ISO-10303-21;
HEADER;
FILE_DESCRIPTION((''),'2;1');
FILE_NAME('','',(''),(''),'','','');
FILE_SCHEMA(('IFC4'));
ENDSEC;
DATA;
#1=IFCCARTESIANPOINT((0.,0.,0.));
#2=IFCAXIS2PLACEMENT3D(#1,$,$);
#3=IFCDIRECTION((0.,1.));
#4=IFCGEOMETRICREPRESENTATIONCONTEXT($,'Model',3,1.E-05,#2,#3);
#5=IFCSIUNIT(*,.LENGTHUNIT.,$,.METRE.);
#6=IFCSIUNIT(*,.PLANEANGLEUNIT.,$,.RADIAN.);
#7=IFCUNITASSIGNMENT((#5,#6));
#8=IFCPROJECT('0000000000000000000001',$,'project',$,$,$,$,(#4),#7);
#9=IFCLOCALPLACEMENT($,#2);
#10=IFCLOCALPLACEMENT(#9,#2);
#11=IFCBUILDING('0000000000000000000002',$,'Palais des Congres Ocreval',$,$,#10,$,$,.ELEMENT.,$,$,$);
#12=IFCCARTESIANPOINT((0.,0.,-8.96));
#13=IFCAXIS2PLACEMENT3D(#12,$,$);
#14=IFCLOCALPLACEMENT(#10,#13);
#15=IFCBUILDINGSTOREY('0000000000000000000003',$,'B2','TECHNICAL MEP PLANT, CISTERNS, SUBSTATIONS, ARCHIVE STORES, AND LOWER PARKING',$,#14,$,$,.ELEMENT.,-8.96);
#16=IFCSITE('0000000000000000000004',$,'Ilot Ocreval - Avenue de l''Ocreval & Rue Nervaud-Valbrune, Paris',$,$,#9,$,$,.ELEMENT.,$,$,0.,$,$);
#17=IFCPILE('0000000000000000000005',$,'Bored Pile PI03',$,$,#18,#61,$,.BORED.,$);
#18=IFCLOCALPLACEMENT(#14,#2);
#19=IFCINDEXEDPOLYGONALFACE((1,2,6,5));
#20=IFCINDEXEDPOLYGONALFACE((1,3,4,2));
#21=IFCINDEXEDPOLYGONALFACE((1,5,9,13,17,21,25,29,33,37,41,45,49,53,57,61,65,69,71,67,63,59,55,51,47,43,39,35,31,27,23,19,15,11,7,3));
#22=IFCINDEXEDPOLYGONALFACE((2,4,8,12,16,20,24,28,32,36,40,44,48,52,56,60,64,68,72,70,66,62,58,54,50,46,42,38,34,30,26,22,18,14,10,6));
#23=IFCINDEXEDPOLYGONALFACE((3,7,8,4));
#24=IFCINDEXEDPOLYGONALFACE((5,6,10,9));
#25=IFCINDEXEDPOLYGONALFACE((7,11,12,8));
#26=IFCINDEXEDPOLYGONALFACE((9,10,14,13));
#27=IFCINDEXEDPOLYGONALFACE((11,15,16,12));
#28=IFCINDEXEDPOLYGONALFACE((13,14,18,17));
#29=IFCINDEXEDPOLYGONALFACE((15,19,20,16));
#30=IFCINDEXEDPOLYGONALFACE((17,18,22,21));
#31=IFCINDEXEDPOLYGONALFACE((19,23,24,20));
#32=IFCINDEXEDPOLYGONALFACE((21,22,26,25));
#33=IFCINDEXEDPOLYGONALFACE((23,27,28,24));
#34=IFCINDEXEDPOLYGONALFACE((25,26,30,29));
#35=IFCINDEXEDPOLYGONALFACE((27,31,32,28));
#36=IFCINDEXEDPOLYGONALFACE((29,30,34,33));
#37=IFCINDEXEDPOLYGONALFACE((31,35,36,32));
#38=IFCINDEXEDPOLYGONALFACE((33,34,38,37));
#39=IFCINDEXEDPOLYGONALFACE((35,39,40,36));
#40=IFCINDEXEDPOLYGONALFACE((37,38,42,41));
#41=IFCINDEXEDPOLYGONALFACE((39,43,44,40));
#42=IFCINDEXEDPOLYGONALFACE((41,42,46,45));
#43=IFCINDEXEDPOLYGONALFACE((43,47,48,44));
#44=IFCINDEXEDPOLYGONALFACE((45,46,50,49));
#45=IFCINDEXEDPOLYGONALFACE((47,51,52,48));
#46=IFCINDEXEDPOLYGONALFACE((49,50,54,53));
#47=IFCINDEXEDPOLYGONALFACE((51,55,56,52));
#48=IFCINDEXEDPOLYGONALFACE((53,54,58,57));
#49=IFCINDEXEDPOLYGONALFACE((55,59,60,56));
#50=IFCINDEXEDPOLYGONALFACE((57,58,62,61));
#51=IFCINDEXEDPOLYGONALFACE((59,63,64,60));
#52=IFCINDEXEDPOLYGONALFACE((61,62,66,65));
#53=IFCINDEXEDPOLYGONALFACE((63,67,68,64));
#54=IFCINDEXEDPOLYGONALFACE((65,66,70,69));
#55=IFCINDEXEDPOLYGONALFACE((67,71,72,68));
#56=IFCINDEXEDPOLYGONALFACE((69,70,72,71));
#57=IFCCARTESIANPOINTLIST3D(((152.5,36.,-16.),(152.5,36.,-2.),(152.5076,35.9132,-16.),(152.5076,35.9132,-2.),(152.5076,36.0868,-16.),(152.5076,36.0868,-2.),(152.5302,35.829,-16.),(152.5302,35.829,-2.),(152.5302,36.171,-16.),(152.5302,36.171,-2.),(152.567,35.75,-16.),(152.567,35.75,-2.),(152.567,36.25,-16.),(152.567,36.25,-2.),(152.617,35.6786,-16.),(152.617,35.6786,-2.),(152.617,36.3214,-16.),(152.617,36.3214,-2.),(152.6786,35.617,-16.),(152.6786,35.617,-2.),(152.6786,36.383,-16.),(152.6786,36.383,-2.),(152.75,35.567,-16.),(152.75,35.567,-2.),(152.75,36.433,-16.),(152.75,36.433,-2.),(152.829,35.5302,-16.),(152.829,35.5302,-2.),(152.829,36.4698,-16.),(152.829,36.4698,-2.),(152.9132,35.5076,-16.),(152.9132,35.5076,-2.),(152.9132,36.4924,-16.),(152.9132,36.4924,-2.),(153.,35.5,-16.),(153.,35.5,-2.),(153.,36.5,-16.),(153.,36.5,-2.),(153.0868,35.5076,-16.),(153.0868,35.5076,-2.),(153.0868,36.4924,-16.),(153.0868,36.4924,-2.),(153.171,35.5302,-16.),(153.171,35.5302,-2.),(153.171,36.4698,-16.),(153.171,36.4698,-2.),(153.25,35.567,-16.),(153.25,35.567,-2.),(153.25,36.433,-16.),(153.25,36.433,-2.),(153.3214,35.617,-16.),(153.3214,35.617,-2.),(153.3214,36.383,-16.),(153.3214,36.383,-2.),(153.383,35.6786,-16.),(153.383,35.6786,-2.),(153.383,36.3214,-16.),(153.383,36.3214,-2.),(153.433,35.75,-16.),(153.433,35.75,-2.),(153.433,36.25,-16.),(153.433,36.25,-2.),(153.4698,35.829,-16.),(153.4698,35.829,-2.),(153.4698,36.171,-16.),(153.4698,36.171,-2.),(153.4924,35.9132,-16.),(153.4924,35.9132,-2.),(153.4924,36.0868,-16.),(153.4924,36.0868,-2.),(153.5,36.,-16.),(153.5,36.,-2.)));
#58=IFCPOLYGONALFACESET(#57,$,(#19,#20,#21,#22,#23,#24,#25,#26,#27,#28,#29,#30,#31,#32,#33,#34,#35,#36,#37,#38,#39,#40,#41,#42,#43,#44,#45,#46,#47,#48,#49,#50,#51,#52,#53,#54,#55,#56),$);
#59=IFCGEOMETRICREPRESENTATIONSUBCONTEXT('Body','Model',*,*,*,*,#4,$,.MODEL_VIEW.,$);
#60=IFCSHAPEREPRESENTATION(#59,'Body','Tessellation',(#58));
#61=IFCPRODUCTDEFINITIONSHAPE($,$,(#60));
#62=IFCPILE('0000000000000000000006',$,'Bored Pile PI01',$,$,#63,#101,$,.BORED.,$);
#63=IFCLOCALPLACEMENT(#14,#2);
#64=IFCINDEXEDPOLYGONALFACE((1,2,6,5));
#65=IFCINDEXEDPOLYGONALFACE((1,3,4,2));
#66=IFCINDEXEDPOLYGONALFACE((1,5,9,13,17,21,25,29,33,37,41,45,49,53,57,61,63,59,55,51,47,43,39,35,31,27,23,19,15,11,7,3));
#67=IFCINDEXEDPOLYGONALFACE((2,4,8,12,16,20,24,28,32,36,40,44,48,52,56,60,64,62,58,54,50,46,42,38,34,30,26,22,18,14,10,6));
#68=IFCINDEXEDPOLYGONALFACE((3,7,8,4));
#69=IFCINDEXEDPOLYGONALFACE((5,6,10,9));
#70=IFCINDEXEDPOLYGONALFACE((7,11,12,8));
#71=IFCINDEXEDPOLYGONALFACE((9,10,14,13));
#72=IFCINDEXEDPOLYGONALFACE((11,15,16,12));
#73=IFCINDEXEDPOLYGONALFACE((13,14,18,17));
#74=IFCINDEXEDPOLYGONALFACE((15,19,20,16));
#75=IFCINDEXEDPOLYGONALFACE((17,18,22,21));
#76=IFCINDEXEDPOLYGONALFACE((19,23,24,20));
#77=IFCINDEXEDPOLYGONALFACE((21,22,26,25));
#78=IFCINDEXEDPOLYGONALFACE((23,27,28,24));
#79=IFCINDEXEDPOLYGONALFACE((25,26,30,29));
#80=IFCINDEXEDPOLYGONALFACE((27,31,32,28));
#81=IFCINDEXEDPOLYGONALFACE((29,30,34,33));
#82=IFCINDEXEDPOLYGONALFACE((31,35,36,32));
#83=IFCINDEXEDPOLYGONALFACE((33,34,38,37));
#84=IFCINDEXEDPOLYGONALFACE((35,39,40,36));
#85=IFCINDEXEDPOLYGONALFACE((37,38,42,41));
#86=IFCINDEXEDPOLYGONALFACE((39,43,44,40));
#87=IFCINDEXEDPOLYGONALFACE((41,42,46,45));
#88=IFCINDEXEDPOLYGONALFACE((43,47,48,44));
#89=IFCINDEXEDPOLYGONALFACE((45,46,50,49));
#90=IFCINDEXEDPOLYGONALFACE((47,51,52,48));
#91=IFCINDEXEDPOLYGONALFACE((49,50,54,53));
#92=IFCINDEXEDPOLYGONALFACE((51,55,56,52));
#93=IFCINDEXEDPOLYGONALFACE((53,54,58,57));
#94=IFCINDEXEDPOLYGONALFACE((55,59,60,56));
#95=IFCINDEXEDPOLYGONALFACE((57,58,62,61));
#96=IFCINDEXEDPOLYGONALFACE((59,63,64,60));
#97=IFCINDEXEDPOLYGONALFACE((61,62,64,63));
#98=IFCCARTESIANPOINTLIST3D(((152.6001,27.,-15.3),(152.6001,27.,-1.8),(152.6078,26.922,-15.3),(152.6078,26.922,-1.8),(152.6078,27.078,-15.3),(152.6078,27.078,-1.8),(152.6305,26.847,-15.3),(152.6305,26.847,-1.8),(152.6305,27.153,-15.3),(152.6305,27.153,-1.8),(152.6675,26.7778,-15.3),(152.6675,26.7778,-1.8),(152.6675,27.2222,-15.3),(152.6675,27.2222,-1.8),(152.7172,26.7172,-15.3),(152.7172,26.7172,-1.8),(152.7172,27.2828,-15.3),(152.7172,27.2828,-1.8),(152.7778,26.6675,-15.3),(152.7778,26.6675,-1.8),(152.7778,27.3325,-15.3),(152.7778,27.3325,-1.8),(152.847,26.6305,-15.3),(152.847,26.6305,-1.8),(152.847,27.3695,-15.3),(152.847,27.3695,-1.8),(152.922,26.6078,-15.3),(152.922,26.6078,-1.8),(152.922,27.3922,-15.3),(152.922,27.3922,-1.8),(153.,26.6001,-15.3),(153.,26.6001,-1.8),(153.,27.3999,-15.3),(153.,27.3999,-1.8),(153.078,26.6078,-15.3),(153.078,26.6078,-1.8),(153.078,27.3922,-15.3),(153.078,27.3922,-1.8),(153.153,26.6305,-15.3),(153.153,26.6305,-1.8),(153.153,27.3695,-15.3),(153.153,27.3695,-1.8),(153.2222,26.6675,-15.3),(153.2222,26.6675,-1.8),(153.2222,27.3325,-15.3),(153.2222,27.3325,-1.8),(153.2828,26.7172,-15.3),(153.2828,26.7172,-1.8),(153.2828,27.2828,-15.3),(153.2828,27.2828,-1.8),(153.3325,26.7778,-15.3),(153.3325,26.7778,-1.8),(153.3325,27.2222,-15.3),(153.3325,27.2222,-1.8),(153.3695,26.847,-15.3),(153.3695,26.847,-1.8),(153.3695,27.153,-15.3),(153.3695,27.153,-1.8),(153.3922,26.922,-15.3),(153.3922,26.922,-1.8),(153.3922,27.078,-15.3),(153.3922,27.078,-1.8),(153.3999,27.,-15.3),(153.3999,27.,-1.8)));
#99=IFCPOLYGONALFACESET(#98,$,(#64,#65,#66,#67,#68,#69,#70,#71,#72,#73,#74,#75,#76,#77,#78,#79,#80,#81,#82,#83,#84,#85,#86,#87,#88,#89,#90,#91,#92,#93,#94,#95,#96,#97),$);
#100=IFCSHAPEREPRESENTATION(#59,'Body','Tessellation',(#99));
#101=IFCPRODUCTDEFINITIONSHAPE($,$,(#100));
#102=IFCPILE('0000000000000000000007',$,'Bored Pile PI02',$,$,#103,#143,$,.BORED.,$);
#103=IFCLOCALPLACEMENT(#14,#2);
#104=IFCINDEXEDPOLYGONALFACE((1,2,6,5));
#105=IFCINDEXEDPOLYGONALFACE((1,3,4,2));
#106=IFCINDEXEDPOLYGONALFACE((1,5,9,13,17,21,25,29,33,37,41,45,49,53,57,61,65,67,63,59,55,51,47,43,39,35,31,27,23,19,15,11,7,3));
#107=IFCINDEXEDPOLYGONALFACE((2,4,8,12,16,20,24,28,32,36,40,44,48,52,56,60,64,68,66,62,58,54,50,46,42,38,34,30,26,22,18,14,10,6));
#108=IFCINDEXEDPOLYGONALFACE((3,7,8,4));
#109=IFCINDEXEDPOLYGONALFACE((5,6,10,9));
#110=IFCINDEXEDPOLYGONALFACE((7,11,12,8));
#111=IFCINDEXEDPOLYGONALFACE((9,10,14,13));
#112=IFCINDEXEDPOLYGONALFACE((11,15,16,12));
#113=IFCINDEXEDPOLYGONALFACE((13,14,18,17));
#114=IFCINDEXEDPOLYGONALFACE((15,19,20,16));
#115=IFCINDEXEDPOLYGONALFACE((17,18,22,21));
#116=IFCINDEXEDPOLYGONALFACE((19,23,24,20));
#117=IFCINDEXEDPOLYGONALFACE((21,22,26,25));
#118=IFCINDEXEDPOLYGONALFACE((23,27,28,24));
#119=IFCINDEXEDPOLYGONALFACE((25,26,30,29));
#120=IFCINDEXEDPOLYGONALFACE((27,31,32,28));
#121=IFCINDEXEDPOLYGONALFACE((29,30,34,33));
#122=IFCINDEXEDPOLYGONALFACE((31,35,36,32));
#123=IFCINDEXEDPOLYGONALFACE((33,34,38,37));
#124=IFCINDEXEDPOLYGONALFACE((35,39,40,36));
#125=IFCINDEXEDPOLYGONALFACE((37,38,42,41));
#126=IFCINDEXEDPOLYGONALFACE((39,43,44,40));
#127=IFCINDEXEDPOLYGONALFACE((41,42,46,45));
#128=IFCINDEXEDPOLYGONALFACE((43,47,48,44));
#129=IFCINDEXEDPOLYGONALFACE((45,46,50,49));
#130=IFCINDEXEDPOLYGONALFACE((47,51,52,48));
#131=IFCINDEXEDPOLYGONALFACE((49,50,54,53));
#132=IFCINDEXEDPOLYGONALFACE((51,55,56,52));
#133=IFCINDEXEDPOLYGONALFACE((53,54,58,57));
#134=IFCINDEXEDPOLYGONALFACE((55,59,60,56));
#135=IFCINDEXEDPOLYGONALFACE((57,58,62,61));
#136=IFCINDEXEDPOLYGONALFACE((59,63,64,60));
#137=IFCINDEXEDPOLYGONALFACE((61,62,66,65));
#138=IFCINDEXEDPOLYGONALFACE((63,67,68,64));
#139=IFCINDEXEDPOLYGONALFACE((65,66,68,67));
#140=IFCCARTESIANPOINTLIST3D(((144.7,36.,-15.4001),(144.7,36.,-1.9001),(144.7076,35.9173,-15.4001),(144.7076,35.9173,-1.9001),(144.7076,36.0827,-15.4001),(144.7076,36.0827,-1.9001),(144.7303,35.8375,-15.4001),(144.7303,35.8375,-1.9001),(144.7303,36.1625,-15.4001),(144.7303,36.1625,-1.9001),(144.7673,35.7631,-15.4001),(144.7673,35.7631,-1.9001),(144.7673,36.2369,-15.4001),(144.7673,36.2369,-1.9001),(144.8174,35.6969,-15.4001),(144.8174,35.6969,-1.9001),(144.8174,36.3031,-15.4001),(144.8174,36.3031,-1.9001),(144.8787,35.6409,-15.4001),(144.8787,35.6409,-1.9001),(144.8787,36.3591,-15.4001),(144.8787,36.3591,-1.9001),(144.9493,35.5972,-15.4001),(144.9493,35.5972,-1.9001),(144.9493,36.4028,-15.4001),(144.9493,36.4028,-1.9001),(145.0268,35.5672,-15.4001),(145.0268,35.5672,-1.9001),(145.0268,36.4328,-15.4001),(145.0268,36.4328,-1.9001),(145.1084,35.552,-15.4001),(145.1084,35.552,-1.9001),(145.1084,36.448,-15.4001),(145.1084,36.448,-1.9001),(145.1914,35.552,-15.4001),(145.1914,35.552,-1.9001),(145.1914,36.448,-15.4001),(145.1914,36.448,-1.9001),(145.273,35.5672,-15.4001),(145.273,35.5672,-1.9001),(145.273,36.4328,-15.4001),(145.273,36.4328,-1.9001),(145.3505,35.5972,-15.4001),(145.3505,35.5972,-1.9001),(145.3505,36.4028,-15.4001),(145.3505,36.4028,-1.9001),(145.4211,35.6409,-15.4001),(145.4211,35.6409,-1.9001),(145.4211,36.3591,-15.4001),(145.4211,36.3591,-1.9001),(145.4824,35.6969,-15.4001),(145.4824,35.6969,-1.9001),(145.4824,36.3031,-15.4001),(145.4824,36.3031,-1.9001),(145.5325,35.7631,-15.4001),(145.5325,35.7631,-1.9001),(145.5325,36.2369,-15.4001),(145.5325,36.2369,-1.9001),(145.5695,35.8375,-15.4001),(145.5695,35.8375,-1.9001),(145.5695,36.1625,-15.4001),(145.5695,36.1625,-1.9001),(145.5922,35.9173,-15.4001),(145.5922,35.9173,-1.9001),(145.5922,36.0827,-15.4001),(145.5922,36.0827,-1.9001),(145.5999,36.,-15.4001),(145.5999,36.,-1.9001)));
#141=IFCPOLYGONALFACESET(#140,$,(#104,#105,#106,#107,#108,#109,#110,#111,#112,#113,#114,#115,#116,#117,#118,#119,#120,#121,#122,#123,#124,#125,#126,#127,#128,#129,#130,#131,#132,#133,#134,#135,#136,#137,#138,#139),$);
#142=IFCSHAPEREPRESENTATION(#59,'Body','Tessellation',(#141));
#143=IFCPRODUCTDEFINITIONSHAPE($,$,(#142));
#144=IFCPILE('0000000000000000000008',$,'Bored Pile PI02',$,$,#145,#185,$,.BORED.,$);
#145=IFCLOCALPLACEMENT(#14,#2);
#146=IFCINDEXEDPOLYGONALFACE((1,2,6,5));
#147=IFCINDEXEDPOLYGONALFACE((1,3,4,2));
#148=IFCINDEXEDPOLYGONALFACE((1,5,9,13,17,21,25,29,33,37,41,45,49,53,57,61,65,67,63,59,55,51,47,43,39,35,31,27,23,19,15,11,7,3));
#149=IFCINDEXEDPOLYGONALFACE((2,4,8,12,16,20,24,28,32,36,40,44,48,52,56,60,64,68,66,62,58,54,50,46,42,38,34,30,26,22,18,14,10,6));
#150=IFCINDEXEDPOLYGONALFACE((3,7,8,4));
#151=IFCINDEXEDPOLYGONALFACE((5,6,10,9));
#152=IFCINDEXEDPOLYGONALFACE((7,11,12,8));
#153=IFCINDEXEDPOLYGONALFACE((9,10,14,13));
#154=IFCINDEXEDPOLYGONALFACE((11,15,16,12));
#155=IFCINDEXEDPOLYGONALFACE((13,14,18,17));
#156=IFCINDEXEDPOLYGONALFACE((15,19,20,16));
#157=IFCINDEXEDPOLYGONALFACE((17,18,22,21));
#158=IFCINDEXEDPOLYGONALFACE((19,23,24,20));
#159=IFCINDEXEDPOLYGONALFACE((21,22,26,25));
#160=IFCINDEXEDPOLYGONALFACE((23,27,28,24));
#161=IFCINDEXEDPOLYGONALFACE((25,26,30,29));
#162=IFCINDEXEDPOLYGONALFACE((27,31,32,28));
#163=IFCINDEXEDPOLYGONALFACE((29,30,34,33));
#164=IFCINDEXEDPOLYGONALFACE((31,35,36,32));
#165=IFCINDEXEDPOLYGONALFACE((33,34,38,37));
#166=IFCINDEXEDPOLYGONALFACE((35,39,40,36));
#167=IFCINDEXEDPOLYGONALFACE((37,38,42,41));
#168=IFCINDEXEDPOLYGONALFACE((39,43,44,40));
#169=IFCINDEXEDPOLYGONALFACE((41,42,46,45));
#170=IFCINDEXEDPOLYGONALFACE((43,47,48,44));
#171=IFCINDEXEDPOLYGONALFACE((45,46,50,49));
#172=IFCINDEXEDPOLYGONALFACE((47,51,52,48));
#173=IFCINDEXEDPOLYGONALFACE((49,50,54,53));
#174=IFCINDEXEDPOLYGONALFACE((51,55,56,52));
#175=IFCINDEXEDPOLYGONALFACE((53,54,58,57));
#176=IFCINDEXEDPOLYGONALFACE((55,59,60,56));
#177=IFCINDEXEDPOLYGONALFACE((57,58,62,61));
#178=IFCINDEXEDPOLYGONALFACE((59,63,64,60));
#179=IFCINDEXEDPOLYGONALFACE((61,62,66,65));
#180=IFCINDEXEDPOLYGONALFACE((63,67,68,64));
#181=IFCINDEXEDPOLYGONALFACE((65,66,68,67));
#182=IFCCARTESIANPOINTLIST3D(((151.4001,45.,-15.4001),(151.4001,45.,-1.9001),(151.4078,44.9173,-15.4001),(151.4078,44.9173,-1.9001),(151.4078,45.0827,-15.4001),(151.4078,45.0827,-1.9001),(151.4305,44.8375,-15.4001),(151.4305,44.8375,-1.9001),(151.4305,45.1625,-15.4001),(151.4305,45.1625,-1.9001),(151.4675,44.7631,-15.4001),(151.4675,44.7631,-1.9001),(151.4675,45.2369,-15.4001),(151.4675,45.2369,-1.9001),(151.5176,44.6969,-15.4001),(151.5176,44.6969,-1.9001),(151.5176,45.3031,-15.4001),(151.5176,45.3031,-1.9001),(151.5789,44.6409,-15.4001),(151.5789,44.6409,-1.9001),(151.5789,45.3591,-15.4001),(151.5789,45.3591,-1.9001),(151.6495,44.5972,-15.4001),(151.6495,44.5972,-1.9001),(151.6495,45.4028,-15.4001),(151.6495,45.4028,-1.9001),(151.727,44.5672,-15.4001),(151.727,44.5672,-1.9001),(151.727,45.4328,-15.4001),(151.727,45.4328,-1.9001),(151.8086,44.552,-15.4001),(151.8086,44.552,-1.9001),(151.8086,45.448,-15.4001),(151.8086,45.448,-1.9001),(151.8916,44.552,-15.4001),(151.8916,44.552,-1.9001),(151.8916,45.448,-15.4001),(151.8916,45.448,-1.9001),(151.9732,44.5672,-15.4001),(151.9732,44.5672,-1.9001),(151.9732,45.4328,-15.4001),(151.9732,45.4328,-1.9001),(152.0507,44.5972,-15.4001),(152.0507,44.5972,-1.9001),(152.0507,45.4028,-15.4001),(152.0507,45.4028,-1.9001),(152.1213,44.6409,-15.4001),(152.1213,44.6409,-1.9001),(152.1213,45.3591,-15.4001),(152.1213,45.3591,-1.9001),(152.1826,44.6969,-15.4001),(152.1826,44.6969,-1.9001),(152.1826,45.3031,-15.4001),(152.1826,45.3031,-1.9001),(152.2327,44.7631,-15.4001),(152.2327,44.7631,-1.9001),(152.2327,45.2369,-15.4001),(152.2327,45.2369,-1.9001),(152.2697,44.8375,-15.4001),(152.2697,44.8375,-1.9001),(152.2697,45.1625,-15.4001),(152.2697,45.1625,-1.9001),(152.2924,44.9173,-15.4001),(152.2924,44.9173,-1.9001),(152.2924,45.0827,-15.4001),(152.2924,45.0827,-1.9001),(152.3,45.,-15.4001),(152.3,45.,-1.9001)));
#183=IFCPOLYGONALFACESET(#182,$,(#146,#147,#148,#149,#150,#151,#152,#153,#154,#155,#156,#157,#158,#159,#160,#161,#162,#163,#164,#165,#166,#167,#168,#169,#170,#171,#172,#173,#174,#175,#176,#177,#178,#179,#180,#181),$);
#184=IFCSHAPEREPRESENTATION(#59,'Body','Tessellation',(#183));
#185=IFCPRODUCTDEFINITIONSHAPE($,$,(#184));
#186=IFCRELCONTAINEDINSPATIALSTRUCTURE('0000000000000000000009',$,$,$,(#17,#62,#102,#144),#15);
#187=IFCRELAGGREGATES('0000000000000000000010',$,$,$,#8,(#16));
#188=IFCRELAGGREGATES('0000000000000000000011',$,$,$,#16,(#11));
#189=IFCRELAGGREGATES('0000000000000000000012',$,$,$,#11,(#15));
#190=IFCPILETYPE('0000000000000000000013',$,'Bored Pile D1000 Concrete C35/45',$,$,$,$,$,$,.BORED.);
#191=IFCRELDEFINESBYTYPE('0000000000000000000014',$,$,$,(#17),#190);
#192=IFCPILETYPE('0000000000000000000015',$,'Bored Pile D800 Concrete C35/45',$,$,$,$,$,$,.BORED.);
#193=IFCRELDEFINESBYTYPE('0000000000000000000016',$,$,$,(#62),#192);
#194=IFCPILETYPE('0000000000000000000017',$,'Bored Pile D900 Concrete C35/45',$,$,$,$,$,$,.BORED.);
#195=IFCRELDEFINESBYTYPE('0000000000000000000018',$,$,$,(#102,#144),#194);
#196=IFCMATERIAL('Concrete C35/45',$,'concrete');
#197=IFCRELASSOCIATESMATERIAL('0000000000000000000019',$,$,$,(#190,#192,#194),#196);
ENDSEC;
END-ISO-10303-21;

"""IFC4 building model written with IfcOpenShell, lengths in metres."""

from ifc_helpers import new_model, si_unit, direction, frame, origin, origin_2d, place, context, subcontext, project, spatial, circle, extrude, material, material_profile, profile_set, type_object, element, save


model = new_model("IFC4")

# Units and contexts
model_context = context("Model", 3, precision=1e-05, world=origin(), true_north=direction((0.0, 1.0)))
body_context = subcontext(model_context, "Body", "Model", "MODEL_VIEW")
ifc_project = project(units=[si_unit("LENGTHUNIT", "METRE"), si_unit("PLANEANGLEUNIT", "RADIAN")], contexts=[model_context])

# Site, building, storey
site_placement = place(None, origin())
site = spatial("IfcSite", under=ifc_project, at=site_placement, Name="Ilot Ocreval - Avenue de l'Ocreval & Rue Nervaud-Valbrune, Paris", CompositionType="ELEMENT", RefElevation=0.0)
building_placement = place(site_placement, origin())
building = spatial("IfcBuilding", under=site, at=building_placement, Name="Palais des Congres Ocreval", CompositionType="ELEMENT")
storey_placement = place(building_placement, frame((0.0, 0.0, -8.96)))
storey = spatial("IfcBuildingStorey", under=building, at=storey_placement, Name="B2", Description="TECHNICAL MEP PLANT, CISTERNS, SUBSTATIONS, ARCHIVE STORES, AND LOWER PARKING", CompositionType="ELEMENT", Elevation=-8.96)

# Piles
ifc_material_1 = material(Name="Concrete C35/45", Category="concrete")
ifc_material_profile_1 = material_profile(ifc_material_1, circle(Radius=0.5, at=origin_2d()), Name="BORED PILE 1000")
ifc_profile_set_1 = profile_set([ifc_material_profile_1], Name="Concrete C35/45")
pile_type_1 = type_object("IfcPileType", Name="Bored Pile D1000 Concrete C35/45", PredefinedType="BORED", material=ifc_profile_set_1)
pile_1_placement = place(storey_placement, frame((153.0, 36.0, -2.0), z_axis=(0.0, 0.0, -1.0), x_axis=(1.0, 0.0, 0.0)))
element("IfcPile", 1, at=pile_1_placement, inside=storey, type_object=pile_type_1, Name="Bored Pile PI03", PredefinedType="BORED", context=body_context, shape_type="SweptSolid", body=[
    extrude(circle(Radius=0.5, at=origin_2d()), origin(), (0.0, 0.0, 1.0), 14.0),
])
ifc_material_profile_2 = material_profile(ifc_material_1, circle(Radius=0.3999, at=origin_2d()), Name="BORED PILE 800")
ifc_profile_set_2 = profile_set([ifc_material_profile_2], Name="Concrete C35/45")
pile_type_2 = type_object("IfcPileType", Name="Bored Pile D800 Concrete C35/45", PredefinedType="BORED", material=ifc_profile_set_2)
pile_2_placement = place(storey_placement, frame((153.0, 27.0, -1.8), z_axis=(0.0, 0.0, -1.0), x_axis=(1.0, 0.0, 0.0)))
element("IfcPile", 2, at=pile_2_placement, inside=storey, type_object=pile_type_2, Name="Bored Pile PI01", PredefinedType="BORED", context=body_context, shape_type="SweptSolid", body=[
    extrude(circle(Radius=0.3999, at=origin_2d()), origin(), (0.0, 0.0, 1.0), 13.5),
])
ifc_material_profile_3 = material_profile(ifc_material_1, circle(Radius=0.45, at=origin_2d()), Name="BORED PILE 900")
ifc_profile_set_3 = profile_set([ifc_material_profile_3], Name="Concrete C35/45")
pile_type_3 = type_object("IfcPileType", Name="Bored Pile D900 Concrete C35/45", PredefinedType="BORED", material=ifc_profile_set_3)
for number, where, z_axis, x_axis, name in (
    (3, (145.1499, 36.0, -1.9001), (0.0, 0.0, -1.0), (1.0, 0.0, 0.0), "Bored Pile PI02"),
    (4, (151.8501, 45.0, -1.9001), (0.0, 0.0, -1.0), (1.0, 0.0, 0.0), "Bored Pile PI02"),
):
    element("IfcPile", number, at=place(storey_placement, frame(where, z_axis=z_axis, x_axis=x_axis)), inside=storey, type_object=pile_type_3, Name=name, PredefinedType="BORED", context=body_context, shape_type="SweptSolid", body=[
        extrude(circle(Radius=0.45, at=origin_2d()), origin(), (0.0, 0.0, 1.0), 13.5),
    ])

save(model, "model.ifc")
